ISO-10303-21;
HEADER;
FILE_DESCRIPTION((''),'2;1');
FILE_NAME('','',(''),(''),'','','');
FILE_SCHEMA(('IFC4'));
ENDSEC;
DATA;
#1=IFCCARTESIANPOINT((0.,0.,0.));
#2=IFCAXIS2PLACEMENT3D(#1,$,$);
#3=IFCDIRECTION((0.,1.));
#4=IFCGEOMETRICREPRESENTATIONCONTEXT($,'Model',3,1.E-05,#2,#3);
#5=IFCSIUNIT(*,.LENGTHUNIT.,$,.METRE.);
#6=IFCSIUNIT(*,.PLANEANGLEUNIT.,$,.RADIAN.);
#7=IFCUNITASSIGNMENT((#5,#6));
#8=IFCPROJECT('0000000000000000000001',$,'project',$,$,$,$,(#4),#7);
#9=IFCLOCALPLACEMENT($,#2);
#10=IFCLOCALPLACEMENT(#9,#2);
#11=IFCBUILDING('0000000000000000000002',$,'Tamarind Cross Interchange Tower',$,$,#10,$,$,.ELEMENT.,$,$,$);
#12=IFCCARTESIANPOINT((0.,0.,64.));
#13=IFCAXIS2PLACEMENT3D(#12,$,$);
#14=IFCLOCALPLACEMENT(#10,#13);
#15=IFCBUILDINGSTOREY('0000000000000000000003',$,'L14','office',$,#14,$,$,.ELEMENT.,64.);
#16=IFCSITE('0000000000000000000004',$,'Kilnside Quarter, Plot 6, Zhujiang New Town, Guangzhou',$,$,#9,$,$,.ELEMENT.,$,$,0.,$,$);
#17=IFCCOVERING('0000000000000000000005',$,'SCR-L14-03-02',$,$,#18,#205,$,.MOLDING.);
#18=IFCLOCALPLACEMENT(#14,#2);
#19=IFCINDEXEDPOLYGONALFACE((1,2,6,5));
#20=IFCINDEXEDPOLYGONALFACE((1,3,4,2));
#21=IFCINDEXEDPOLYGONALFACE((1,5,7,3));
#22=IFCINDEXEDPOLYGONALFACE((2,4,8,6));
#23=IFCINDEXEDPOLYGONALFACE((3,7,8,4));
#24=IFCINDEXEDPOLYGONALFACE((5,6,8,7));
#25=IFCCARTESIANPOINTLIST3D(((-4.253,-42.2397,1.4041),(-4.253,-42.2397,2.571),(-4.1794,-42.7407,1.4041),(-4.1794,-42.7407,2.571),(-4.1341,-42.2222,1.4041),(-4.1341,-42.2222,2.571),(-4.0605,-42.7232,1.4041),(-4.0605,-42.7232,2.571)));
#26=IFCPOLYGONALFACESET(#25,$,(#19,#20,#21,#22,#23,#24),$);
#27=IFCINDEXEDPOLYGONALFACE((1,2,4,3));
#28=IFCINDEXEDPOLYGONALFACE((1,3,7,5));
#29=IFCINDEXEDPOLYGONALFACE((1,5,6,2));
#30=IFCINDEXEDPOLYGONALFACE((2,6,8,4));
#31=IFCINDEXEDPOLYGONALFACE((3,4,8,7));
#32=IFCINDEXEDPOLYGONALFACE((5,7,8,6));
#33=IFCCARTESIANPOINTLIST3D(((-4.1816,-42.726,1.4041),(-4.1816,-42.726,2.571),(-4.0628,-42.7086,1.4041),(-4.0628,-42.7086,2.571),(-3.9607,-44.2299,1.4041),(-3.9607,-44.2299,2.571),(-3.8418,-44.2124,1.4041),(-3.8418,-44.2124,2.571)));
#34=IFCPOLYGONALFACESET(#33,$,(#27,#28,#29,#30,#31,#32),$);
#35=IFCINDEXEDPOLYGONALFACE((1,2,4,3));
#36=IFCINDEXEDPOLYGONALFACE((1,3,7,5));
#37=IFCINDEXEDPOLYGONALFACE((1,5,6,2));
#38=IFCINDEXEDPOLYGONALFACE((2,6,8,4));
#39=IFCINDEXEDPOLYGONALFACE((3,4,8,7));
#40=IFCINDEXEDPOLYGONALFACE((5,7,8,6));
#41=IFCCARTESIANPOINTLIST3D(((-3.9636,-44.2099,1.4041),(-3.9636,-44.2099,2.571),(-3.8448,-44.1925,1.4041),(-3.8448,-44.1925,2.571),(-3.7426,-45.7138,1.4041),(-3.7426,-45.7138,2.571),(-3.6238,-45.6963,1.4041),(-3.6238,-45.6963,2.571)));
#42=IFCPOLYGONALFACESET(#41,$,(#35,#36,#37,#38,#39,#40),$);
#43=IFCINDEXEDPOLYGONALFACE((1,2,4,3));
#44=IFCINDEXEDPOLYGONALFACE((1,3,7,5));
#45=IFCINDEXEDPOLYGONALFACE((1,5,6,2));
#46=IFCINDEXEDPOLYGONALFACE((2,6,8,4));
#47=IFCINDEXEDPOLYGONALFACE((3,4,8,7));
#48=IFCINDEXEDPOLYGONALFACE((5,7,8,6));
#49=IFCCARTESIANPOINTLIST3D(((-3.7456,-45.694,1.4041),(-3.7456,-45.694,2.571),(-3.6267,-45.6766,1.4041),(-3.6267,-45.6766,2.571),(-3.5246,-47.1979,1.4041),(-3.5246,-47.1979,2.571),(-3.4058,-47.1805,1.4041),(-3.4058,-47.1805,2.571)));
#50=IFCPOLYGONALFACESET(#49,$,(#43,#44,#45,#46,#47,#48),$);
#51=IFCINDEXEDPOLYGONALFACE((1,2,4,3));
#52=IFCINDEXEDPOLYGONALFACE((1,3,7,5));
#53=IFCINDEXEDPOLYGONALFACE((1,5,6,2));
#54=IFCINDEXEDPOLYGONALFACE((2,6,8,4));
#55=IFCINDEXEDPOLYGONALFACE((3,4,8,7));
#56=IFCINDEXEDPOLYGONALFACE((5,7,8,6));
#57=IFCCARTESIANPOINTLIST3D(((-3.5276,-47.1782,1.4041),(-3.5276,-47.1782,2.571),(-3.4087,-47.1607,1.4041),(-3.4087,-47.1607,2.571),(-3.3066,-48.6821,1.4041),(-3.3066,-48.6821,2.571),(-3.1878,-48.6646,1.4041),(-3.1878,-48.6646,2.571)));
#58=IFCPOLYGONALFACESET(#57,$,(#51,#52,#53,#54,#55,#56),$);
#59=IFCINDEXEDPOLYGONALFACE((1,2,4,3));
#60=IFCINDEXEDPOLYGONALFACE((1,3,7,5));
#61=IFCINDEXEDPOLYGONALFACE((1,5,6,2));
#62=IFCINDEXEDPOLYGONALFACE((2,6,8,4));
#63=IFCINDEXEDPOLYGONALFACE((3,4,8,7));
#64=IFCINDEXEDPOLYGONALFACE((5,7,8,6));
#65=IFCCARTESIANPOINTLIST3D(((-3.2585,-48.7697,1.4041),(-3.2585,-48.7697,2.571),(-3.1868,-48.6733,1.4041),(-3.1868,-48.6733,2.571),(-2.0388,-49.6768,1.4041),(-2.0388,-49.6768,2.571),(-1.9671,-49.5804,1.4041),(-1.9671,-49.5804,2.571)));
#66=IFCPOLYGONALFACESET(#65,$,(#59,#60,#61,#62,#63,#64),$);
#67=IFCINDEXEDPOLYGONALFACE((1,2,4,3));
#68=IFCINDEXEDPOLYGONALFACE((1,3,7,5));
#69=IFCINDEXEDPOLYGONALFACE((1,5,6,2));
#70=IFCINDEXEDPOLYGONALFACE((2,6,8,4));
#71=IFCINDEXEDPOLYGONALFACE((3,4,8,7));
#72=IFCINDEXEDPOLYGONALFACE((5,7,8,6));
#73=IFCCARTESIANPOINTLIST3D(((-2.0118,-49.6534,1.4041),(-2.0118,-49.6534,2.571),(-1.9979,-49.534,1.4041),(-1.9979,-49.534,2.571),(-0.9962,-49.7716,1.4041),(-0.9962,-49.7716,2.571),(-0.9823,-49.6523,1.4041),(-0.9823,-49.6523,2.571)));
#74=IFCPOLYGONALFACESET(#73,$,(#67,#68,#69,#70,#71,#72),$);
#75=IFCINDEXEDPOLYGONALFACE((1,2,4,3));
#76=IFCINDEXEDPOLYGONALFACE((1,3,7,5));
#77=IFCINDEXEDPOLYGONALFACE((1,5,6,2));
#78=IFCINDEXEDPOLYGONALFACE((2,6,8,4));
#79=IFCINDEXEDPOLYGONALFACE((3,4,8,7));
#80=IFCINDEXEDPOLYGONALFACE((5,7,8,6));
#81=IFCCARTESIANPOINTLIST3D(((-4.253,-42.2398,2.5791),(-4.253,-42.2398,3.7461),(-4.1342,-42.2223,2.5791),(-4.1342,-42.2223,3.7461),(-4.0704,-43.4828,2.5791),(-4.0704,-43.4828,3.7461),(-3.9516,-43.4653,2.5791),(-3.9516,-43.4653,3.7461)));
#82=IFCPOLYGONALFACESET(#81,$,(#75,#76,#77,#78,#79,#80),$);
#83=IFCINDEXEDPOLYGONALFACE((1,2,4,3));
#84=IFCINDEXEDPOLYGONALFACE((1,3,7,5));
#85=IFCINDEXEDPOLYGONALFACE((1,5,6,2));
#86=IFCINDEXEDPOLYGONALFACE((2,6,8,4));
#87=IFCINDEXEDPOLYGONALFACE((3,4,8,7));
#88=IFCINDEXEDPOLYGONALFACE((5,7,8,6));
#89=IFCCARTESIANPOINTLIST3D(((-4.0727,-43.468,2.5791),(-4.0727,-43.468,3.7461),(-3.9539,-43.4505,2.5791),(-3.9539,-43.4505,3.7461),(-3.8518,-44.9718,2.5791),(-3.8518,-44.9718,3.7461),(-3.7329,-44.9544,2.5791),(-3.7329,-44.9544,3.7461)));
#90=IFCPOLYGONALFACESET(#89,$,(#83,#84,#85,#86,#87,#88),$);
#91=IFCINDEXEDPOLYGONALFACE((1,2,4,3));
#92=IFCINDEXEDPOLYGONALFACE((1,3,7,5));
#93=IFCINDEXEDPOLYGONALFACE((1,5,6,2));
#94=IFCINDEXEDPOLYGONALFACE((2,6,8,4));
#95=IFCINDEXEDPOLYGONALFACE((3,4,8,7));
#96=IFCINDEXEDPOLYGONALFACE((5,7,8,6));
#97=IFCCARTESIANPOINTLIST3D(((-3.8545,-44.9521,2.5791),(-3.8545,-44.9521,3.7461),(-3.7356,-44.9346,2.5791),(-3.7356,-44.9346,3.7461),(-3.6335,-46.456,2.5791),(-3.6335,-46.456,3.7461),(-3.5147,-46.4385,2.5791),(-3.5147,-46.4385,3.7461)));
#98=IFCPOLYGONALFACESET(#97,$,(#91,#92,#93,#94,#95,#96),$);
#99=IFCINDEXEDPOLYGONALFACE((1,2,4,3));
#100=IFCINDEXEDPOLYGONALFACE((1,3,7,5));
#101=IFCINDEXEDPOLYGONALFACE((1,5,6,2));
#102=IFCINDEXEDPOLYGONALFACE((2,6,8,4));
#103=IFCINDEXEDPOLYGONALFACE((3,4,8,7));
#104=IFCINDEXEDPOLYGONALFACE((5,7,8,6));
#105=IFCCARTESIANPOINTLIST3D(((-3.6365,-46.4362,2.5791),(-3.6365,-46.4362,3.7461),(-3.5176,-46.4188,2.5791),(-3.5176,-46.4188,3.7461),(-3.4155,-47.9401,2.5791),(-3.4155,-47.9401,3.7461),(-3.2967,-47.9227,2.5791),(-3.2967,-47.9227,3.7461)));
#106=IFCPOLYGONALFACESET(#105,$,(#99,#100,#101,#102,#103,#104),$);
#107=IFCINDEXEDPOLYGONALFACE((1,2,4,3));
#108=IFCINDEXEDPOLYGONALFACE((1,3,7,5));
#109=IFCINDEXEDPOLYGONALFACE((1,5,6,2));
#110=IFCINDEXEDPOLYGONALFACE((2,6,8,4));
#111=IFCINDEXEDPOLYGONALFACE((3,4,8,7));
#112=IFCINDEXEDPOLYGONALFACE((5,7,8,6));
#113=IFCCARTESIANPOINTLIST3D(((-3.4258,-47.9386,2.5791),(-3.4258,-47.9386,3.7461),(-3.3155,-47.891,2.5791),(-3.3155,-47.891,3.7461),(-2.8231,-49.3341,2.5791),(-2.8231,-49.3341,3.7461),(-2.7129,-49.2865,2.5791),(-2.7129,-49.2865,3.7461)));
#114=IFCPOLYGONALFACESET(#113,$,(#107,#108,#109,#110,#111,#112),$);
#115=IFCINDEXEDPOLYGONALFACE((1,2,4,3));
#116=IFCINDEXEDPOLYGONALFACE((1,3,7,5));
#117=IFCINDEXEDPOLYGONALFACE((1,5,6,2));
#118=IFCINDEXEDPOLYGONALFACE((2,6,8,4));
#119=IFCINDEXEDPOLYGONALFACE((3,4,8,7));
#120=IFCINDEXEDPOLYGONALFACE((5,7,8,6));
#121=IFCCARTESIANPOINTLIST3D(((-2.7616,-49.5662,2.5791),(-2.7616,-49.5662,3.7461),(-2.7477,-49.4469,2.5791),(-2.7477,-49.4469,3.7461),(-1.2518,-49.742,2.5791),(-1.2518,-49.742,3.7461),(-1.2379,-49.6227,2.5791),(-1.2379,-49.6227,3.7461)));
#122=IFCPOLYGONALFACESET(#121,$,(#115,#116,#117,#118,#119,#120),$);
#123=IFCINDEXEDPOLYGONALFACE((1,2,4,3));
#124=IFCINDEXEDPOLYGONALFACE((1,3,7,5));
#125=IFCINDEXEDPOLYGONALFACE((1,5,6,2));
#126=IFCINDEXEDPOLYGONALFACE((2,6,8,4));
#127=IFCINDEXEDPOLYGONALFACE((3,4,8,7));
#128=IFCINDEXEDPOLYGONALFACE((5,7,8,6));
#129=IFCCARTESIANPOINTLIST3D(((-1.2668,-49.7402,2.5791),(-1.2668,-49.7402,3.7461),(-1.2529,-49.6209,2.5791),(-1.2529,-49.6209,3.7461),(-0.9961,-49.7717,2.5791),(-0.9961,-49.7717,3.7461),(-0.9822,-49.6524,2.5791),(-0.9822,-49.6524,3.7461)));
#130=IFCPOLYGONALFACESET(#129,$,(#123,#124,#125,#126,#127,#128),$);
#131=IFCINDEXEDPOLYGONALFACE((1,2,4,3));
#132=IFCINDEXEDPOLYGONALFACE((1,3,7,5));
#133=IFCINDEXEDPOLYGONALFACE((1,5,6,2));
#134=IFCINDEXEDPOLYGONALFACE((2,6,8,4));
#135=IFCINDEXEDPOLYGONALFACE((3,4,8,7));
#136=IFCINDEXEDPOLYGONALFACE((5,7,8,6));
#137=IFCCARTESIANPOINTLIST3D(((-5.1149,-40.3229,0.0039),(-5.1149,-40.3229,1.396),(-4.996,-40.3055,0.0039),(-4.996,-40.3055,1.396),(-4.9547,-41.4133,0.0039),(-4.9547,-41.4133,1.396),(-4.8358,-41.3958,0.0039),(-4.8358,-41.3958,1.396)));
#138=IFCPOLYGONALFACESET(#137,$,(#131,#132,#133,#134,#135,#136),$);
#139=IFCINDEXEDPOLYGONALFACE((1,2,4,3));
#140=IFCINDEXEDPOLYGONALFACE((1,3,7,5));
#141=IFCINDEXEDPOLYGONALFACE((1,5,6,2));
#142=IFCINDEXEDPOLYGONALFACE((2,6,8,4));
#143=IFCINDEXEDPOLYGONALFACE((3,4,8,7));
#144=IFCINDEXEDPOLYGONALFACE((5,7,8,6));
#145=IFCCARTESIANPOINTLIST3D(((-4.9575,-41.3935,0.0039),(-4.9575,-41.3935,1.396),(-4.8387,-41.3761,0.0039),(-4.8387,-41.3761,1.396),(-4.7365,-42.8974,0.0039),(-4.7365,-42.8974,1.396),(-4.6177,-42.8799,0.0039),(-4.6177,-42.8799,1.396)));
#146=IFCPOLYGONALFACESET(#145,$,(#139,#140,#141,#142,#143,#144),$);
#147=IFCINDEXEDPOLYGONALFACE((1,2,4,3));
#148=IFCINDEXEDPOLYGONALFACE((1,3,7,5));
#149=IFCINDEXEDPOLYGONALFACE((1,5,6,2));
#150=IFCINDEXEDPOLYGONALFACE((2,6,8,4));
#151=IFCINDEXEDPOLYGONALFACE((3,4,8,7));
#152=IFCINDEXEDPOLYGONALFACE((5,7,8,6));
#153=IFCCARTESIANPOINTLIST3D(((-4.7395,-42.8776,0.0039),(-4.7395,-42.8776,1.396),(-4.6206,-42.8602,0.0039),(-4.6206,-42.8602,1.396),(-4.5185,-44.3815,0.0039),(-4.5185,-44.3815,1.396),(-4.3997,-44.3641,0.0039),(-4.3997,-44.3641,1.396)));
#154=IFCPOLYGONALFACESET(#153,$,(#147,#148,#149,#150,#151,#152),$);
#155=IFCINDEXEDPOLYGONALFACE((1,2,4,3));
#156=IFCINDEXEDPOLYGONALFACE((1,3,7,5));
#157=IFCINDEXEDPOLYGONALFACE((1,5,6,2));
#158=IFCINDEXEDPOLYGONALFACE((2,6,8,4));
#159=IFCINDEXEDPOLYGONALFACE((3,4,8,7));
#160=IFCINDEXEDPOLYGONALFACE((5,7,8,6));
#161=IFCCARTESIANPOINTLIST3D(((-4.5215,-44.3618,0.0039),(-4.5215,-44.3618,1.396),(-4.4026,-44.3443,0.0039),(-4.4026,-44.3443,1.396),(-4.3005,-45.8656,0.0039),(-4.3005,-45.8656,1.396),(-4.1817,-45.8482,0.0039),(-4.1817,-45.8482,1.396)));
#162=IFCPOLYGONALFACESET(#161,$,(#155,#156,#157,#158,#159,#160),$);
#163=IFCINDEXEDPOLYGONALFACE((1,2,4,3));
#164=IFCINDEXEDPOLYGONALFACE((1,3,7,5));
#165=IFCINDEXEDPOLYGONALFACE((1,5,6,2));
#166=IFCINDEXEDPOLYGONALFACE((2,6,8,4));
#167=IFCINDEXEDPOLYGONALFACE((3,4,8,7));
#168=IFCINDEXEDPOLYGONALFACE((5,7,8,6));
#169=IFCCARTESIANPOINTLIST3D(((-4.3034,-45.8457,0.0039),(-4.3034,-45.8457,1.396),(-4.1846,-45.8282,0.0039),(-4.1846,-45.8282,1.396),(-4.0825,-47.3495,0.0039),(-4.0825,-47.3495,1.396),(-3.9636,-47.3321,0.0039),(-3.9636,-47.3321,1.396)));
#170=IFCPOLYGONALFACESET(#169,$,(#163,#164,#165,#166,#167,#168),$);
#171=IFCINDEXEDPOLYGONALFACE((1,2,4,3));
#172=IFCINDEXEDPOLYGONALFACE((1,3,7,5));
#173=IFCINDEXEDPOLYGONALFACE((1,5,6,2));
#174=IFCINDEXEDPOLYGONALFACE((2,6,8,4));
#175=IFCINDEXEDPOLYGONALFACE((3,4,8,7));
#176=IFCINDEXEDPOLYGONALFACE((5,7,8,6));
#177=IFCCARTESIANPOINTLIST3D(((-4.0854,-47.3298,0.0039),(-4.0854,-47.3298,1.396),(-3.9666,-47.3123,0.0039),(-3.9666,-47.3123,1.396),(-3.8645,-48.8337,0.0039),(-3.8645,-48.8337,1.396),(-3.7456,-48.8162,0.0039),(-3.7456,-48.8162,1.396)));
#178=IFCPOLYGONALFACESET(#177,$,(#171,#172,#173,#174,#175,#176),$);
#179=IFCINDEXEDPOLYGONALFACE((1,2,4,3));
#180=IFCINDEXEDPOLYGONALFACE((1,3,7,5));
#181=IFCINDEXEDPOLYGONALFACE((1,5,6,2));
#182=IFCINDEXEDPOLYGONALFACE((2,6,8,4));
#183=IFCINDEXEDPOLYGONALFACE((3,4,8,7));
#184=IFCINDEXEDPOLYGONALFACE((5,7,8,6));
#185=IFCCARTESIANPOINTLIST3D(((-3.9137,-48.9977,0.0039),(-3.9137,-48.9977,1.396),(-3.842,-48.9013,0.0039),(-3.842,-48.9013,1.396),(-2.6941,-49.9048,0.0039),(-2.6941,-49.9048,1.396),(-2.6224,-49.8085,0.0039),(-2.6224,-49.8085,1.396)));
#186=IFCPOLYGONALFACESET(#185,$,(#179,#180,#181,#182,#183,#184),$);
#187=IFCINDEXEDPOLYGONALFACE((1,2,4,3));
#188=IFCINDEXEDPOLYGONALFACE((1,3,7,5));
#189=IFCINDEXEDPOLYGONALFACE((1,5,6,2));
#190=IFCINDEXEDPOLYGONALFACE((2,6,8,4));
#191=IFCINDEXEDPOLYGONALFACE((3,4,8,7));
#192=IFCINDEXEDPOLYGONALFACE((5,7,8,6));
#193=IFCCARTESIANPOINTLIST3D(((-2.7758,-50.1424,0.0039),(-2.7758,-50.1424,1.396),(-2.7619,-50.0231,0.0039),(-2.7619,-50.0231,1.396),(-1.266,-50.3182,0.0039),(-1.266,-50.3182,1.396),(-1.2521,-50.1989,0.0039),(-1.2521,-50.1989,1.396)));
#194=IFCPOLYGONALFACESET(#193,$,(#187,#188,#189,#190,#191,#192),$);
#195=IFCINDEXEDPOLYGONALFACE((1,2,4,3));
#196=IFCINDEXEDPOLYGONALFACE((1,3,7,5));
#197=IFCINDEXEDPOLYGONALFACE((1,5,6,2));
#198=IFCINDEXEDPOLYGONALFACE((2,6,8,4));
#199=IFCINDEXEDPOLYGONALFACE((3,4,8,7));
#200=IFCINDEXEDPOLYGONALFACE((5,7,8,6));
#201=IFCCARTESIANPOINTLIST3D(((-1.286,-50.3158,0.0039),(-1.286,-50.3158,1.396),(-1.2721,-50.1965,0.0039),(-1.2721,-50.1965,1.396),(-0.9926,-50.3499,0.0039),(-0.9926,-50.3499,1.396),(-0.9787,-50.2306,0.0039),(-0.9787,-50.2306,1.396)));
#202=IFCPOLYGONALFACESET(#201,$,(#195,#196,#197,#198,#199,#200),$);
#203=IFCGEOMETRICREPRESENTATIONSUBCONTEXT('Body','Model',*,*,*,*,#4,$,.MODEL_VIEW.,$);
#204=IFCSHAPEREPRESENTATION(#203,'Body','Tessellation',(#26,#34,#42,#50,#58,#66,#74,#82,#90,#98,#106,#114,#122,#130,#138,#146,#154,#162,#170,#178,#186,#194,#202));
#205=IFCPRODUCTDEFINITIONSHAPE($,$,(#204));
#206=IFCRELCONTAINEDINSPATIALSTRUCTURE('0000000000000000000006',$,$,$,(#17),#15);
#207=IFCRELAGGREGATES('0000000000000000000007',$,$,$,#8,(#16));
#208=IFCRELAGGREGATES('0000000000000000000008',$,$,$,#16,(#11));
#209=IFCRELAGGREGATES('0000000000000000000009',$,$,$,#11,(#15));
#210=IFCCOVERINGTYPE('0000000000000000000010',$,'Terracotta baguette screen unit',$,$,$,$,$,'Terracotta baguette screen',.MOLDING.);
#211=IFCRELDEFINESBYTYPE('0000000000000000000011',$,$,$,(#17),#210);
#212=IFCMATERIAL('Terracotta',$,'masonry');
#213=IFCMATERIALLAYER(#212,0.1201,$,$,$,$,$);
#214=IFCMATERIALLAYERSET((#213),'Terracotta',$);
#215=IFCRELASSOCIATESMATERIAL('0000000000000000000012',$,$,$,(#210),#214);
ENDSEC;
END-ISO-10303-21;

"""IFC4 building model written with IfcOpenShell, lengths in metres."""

from ifc_helpers import new_model, si_unit, direction, frame, origin, origin_2d, place, context, subcontext, project, spatial, rectangle, extrude, material, layer, layer_set, type_object, element, save


model = new_model("IFC4")

# Units and contexts
model_context = context("Model", 3, precision=1e-05, world=origin(), true_north=direction((0.0, 1.0)))
body_context = subcontext(model_context, "Body", "Model", "MODEL_VIEW")
ifc_project = project(units=[si_unit("LENGTHUNIT", "METRE"), si_unit("PLANEANGLEUNIT", "RADIAN")], contexts=[model_context])

# Site, building, storey
site_placement = place(None, origin())
site = spatial("IfcSite", under=ifc_project, at=site_placement, Name="Kilnside Quarter, Plot 6, Zhujiang New Town, Guangzhou", CompositionType="ELEMENT", RefElevation=0.0)
building_placement = place(site_placement, origin())
building = spatial("IfcBuilding", under=site, at=building_placement, Name="Tamarind Cross Interchange Tower", CompositionType="ELEMENT")
storey_placement = place(building_placement, frame((0.0, 0.0, 64.0)))
storey = spatial("IfcBuildingStorey", under=building, at=storey_placement, Name="L14", Description="office", CompositionType="ELEMENT", Elevation=64.0)

# Covering
ifc_material_1 = material(Name="Terracotta", Category="masonry")
ifc_layer_1 = layer(ifc_material_1, 0.1201)
ifc_layer_set_1 = layer_set([ifc_layer_1], Name="Terracotta")
covering_type = type_object("IfcCoveringType", Name="Terracotta baguette screen unit", ElementType="Terracotta baguette screen", PredefinedType="MOLDING", material=ifc_layer_set_1)
covering_1_placement = place(storey_placement, origin())
element("IfcCovering", 1, at=covering_1_placement, inside=storey, type_object=covering_type, Name="SCR-L14-03-02", PredefinedType="MOLDING", context=body_context, shape_type="SweptSolid", body=[
    extrude(rectangle(XDim=0.5063, YDim=0.1201, at=origin_2d()), frame((-4.1567, -42.4814, 1.4041), z_axis=(0.0, 0.0, 1.0), x_axis=(0.145365, -0.989378, 0.0)), (0.0, 0.0, 1.0), 1.167),
    extrude(rectangle(XDim=1.52, YDim=0.1201, at=origin_2d()), frame((-4.0117, -43.4692, 1.4041), z_axis=(0.0, 0.0, 1.0), x_axis=(0.145365, -0.989378, 0.0)), (0.0, 0.0, 1.0), 1.167),
    extrude(rectangle(XDim=1.52, YDim=0.1201, at=origin_2d()), frame((-3.7937, -44.9531, 1.4041), z_axis=(0.0, 0.0, 1.0), x_axis=(0.145365, -0.989378, 0.0)), (0.0, 0.0, 1.0), 1.167),
    extrude(rectangle(XDim=1.52, YDim=0.1201, at=origin_2d()), frame((-3.5757, -46.4373, 1.4041), z_axis=(0.0, 0.0, 1.0), x_axis=(0.145365, -0.989378, 0.0)), (0.0, 0.0, 1.0), 1.167),
    extrude(rectangle(XDim=1.52, YDim=0.1201, at=origin_2d()), frame((-3.3577, -47.9214, 1.4041), z_axis=(0.0, 0.0, 1.0), x_axis=(0.145365, -0.989378, 0.0)), (0.0, 0.0, 1.0), 1.167),
    extrude(rectangle(XDim=1.52, YDim=0.1201, at=origin_2d()), frame((-2.6128, -49.175, 1.4041), z_axis=(0.0, 0.0, 1.0), x_axis=(0.802384, -0.596808, 0.0)), (0.0, 0.0, 1.0), 1.167),
    extrude(rectangle(XDim=1.0225, YDim=0.1201, at=origin_2d()), frame((-1.4971, -49.6528, 1.4041), z_axis=(0.0, 0.0, 1.0), x_axis=(0.993289, -0.115658, 0.0)), (0.0, 0.0, 1.0), 1.167),
    extrude(rectangle(XDim=1.2563, YDim=0.1201, at=origin_2d()), frame((-4.1023, -42.8525, 2.5791), z_axis=(0.0, 0.0, 1.0), x_axis=(0.145365, -0.989378, 0.0)), (0.0, 0.0, 1.0), 1.167),
    extrude(rectangle(XDim=1.52, YDim=0.1201, at=origin_2d()), frame((-3.9028, -44.2112, 2.5791), z_axis=(0.0, 0.0, 1.0), x_axis=(0.145365, -0.989378, 0.0)), (0.0, 0.0, 1.0), 1.167),
    extrude(rectangle(XDim=1.52, YDim=0.1201, at=origin_2d()), frame((-3.6846, -45.6953, 2.5791), z_axis=(0.0, 0.0, 1.0), x_axis=(0.145365, -0.989378, 0.0)), (0.0, 0.0, 1.0), 1.167),
    extrude(rectangle(XDim=1.52, YDim=0.1201, at=origin_2d()), frame((-3.4666, -47.1794, 2.5791), z_axis=(0.0, 0.0, 1.0), x_axis=(0.145365, -0.989378, 0.0)), (0.0, 0.0, 1.0), 1.167),
    extrude(rectangle(XDim=1.52, YDim=0.1201, at=origin_2d()), frame((-3.0693, -48.6125, 2.5791), z_axis=(0.0, 0.0, 1.0), x_axis=(0.396481, -0.918043, 0.0)), (0.0, 0.0, 1.0), 1.167),
    extrude(rectangle(XDim=1.52, YDim=0.1201, at=origin_2d()), frame((-1.9998, -49.5945, 2.5791), z_axis=(0.0, 0.0, 1.0), x_axis=(0.993289, -0.115658, 0.0)), (0.0, 0.0, 1.0), 1.167),
    extrude(rectangle(XDim=0.2725, YDim=0.1201, at=origin_2d()), frame((-1.1245, -49.6963, 2.5791), z_axis=(0.0, 0.0, 1.0), x_axis=(0.993289, -0.115658, 0.0)), (0.0, 0.0, 1.0), 1.167),
    extrude(rectangle(XDim=1.1021, YDim=0.1201, at=origin_2d()), frame((-4.9753, -40.8594, 0.0039), z_axis=(0.0, 0.0, 1.0), x_axis=(0.145365, -0.989378, 0.0)), (0.0, 0.0, 1.0), 1.3921),
    extrude(rectangle(XDim=1.52, YDim=0.1201, at=origin_2d()), frame((-4.7876, -42.1367, 0.0039), z_axis=(0.0, 0.0, 1.0), x_axis=(0.145365, -0.989378, 0.0)), (0.0, 0.0, 1.0), 1.3921),
    extrude(rectangle(XDim=1.52, YDim=0.1201, at=origin_2d()), frame((-4.5696, -43.6208, 0.0039), z_axis=(0.0, 0.0, 1.0), x_axis=(0.145365, -0.989378, 0.0)), (0.0, 0.0, 1.0), 1.3921),
    extrude(rectangle(XDim=1.52, YDim=0.1201, at=origin_2d()), frame((-4.3516, -45.105, 0.0039), z_axis=(0.0, 0.0, 1.0), x_axis=(0.145365, -0.989378, 0.0)), (0.0, 0.0, 1.0), 1.3921),
    extrude(rectangle(XDim=1.52, YDim=0.1201, at=origin_2d()), frame((-4.1335, -46.5889, 0.0039), z_axis=(0.0, 0.0, 1.0), x_axis=(0.145365, -0.989378, 0.0)), (0.0, 0.0, 1.0), 1.3921),
    extrude(rectangle(XDim=1.52, YDim=0.1201, at=origin_2d()), frame((-3.9155, -48.073, 0.0039), z_axis=(0.0, 0.0, 1.0), x_axis=(0.145365, -0.989378, 0.0)), (0.0, 0.0, 1.0), 1.3921),
    extrude(rectangle(XDim=1.52, YDim=0.1201, at=origin_2d()), frame((-3.2681, -49.4031, 0.0039), z_axis=(0.0, 0.0, 1.0), x_axis=(0.802384, -0.596808, 0.0)), (0.0, 0.0, 1.0), 1.3921),
    extrude(rectangle(XDim=1.52, YDim=0.1201, at=origin_2d()), frame((-2.0139, -50.1707, 0.0039), z_axis=(0.0, 0.0, 1.0), x_axis=(0.993289, -0.115658, 0.0)), (0.0, 0.0, 1.0), 1.3921),
    extrude(rectangle(XDim=0.2954, YDim=0.1201, at=origin_2d()), frame((-1.1323, -50.2732, 0.0039), z_axis=(0.0, 0.0, 1.0), x_axis=(0.993289, -0.115658, 0.0)), (0.0, 0.0, 1.0), 1.3921),
])

save(model, "model.ifc")
